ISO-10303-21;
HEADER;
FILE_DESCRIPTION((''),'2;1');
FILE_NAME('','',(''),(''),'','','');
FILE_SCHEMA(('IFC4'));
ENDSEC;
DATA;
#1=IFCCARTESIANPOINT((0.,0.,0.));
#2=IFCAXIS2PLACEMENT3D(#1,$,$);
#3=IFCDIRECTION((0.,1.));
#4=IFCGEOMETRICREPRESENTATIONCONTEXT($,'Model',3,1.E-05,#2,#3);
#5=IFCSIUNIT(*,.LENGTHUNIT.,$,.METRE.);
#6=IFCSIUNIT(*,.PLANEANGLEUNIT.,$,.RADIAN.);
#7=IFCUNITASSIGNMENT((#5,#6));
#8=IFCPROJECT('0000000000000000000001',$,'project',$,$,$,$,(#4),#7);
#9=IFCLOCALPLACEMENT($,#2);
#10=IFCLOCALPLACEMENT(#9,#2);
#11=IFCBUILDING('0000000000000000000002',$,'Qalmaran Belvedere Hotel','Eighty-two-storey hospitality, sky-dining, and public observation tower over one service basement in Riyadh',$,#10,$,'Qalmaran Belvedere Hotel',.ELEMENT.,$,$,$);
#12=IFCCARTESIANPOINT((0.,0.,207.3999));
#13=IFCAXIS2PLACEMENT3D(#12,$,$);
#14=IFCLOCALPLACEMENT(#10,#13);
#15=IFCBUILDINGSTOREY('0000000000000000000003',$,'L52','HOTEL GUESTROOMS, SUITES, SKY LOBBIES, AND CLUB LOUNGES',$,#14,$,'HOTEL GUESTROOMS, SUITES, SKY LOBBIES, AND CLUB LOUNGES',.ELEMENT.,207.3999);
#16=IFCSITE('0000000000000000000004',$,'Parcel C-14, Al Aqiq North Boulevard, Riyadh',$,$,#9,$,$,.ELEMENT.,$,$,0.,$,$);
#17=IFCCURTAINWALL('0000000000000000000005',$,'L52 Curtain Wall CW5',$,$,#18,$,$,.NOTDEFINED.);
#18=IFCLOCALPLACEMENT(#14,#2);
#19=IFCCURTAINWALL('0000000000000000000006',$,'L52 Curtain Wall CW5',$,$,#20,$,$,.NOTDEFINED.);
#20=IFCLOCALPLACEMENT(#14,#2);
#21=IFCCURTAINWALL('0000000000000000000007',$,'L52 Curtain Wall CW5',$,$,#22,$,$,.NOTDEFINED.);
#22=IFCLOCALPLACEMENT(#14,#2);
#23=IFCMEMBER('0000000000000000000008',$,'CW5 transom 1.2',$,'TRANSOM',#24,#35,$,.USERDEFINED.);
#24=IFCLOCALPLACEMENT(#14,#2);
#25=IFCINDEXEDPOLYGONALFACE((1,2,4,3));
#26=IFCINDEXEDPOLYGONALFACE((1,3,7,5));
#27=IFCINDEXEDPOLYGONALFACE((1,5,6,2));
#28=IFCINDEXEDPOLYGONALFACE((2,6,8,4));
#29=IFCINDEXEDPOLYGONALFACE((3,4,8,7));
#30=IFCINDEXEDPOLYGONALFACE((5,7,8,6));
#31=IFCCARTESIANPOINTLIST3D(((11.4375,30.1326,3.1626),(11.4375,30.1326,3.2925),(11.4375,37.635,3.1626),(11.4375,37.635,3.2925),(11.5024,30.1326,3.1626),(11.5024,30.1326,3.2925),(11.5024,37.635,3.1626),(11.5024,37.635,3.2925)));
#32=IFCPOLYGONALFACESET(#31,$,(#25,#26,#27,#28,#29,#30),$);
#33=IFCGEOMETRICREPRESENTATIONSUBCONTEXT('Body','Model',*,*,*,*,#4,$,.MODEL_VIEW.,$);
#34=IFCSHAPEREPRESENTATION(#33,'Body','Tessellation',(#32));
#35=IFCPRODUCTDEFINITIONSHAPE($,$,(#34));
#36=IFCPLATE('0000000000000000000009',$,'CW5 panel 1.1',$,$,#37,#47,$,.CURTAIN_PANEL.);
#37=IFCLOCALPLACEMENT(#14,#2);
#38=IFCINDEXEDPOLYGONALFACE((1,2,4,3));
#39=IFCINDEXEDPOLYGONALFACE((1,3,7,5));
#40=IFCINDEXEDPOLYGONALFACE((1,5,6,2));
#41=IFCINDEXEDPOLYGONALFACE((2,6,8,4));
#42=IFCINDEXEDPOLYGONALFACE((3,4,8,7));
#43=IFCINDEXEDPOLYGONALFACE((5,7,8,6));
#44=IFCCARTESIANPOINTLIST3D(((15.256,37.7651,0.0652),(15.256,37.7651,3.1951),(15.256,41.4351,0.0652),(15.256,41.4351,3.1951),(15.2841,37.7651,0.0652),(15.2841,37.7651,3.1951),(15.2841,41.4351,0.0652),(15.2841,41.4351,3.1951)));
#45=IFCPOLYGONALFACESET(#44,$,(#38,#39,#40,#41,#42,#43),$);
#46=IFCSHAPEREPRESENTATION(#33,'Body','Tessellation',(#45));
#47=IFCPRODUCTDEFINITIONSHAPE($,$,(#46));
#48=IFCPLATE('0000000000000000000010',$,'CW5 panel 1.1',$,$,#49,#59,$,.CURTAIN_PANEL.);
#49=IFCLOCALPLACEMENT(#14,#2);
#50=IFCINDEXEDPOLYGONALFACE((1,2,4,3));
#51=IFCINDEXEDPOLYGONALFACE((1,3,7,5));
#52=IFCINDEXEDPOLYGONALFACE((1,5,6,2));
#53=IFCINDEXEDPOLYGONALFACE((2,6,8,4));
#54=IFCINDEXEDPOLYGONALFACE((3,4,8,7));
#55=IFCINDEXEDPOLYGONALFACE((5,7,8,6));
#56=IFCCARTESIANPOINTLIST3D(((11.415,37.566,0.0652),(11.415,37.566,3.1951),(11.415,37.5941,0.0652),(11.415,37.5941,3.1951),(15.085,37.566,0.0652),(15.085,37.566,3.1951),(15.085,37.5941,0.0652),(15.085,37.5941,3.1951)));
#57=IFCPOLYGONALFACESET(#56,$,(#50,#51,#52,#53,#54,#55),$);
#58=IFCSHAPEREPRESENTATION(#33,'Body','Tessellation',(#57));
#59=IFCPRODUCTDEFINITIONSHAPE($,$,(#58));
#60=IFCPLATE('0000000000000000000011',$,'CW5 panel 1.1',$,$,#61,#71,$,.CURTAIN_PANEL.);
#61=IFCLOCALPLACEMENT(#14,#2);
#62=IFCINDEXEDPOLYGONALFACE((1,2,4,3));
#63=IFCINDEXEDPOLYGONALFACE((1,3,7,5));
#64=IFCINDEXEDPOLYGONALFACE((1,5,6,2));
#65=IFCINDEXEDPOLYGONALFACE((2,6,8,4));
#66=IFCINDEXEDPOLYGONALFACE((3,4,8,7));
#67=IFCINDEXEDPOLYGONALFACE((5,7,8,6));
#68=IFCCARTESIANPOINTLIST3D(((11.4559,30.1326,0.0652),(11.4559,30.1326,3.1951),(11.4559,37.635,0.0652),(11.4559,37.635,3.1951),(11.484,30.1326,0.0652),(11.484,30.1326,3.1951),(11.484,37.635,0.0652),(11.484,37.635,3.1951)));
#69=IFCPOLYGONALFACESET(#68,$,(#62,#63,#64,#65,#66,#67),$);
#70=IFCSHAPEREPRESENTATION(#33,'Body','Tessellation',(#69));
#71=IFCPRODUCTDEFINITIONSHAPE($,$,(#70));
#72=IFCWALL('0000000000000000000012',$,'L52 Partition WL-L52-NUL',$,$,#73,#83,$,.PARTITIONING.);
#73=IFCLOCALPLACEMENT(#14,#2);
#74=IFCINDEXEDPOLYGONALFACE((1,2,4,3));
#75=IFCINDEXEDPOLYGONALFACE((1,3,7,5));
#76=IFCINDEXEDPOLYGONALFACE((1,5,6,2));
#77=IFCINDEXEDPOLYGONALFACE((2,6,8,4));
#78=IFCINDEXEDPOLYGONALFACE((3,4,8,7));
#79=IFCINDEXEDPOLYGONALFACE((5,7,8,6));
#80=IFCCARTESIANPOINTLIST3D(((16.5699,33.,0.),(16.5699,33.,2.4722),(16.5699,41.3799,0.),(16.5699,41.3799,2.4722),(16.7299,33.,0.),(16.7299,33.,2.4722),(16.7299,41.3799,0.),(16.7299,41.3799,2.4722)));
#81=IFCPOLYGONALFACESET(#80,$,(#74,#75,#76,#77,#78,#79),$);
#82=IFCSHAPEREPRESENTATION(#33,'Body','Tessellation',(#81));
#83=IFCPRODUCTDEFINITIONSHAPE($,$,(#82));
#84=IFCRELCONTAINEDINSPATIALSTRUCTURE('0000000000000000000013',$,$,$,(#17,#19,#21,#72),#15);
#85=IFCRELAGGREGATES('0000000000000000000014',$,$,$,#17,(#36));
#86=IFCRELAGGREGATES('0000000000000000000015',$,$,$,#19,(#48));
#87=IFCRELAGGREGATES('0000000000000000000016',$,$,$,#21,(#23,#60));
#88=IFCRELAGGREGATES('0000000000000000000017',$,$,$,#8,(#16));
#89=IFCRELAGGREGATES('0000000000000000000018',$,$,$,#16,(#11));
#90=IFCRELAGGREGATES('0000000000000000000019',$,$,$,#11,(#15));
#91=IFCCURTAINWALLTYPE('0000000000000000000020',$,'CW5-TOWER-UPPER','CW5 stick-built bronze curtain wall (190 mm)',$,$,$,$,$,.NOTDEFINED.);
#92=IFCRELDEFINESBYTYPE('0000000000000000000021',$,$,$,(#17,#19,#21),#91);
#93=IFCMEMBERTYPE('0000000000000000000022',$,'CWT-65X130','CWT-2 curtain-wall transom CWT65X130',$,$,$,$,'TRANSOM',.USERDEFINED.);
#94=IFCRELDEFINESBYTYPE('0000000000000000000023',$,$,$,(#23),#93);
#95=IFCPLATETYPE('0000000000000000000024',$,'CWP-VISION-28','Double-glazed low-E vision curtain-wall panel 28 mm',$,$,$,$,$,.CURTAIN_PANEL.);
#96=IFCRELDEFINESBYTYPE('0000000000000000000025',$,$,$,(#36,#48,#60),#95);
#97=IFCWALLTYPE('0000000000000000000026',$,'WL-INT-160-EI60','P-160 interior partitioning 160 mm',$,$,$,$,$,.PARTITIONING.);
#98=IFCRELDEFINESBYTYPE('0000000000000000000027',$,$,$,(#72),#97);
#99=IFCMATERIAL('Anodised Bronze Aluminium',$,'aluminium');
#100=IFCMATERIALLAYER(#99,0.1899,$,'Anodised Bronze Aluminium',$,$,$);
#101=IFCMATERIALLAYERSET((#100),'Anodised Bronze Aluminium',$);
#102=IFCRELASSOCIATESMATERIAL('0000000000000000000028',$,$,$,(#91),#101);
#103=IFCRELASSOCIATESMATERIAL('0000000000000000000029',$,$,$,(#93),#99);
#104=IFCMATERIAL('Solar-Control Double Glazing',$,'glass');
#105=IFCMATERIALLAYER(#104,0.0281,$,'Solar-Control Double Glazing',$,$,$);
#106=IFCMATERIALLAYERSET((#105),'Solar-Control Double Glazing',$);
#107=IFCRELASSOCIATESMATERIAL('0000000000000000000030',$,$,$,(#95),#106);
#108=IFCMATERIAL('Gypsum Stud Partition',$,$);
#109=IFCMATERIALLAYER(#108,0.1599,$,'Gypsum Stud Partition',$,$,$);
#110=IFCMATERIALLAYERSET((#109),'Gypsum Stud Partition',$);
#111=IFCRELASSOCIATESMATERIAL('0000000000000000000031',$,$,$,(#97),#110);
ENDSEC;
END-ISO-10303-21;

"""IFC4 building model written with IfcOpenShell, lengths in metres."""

from ifc_helpers import new_model, si_unit, direction, frame, frame_2d, origin, origin_2d, place, context, subcontext, project, spatial, rectangle, extrude, material, layer, layer_set, material_profile, profile_set, type_object, element, aggregate, save


model = new_model("IFC4")

# Units and contexts
model_context = context("Model", 3, precision=1e-05, world=origin(), true_north=direction((0.0, 1.0)))
body_context = subcontext(model_context, "Body", "Model", "MODEL_VIEW")
ifc_project = project(units=[si_unit("LENGTHUNIT", "METRE"), si_unit("PLANEANGLEUNIT", "RADIAN")], contexts=[model_context])

# Site, building, storey
site_placement = place(None, origin())
site = spatial("IfcSite", under=ifc_project, at=site_placement, Name="Parcel C-14, Al Aqiq North Boulevard, Riyadh", CompositionType="ELEMENT", RefElevation=0.0)
building_placement = place(site_placement, origin())
building = spatial("IfcBuilding", under=site, at=building_placement, Name="Qalmaran Belvedere Hotel", Description="Eighty-two-storey hospitality, sky-dining, and public observation tower over one service basement in Riyadh", LongName="Qalmaran Belvedere Hotel", CompositionType="ELEMENT")
storey_placement = place(building_placement, frame((0.0, 0.0, 207.3999)))
storey = spatial("IfcBuildingStorey", under=building, at=storey_placement, Name="L52", Description="HOTEL GUESTROOMS, SUITES, SKY LOBBIES, AND CLUB LOUNGES", LongName="HOTEL GUESTROOMS, SUITES, SKY LOBBIES, AND CLUB LOUNGES", CompositionType="ELEMENT", Elevation=207.3999)

# Shared definitions
ifc_material_1 = material(Name="Anodised Bronze Aluminium", Category="aluminium")
ifc_layer_1 = layer(ifc_material_1, 0.1899, Name="Anodised Bronze Aluminium")
ifc_layer_set_1 = layer_set([ifc_layer_1], Name="Anodised Bronze Aluminium")
curtain_wall_type = type_object("IfcCurtainWallType", Name="CW5-TOWER-UPPER", Description="CW5 stick-built bronze curtain wall (190 mm)", PredefinedType="NOTDEFINED", material=ifc_layer_set_1)

# Curtain walls
curtain_wall_1_placement = place(storey_placement, origin())
curtain_wall_1 = element("IfcCurtainWall", 1, at=curtain_wall_1_placement, inside=storey, type_object=curtain_wall_type, Name="L52 Curtain Wall CW5", PredefinedType="NOTDEFINED")
curtain_wall_2_placement = place(storey_placement, origin())
curtain_wall_2 = element("IfcCurtainWall", 2, at=curtain_wall_2_placement, inside=storey, type_object=curtain_wall_type, Name="L52 Curtain Wall CW5", PredefinedType="NOTDEFINED")

# Curtain wall
curtain_wall_3_placement = place(storey_placement, origin())
curtain_wall_3 = element("IfcCurtainWall", 3, at=curtain_wall_3_placement, inside=storey, type_object=curtain_wall_type, Name="L52 Curtain Wall CW5", PredefinedType="NOTDEFINED")

# Member
ifc_material_profile_1 = material_profile(ifc_material_1, rectangle(XDim=0.0649, YDim=0.1299, at=origin_2d()), Name="CWT65X130")
ifc_profile_set_1 = profile_set([ifc_material_profile_1], Name="Anodised Bronze Aluminium")
member_type_1 = type_object("IfcMemberType", Name="CWT-65X130", Description="CWT-2 curtain-wall transom CWT65X130", ElementType="TRANSOM", PredefinedType="USERDEFINED", material=ifc_profile_set_1)
member_1_placement = place(storey_placement, frame((11.47, 37.635, 3.2275), z_axis=(0.0, -1.0, 0.0), x_axis=(1.0, 0.0, 0.0)))
member_1 = element("IfcMember", 4, at=member_1_placement, type_object=member_type_1, Name="CW5 transom 1.2", ObjectType="TRANSOM", PredefinedType="USERDEFINED", context=body_context, shape_type="SweptSolid", body=[
    extrude(rectangle(XDim=0.0649, YDim=0.1299, at=origin_2d()), origin(), (0.0, 0.0, 1.0), 7.5024),
])

# Plates
ifc_material_2 = material(Name="Solar-Control Double Glazing", Category="glass")
ifc_layer_2 = layer(ifc_material_2, 0.0281, Name="Solar-Control Double Glazing")
ifc_layer_set_2 = layer_set([ifc_layer_2], Name="Solar-Control Double Glazing")
plate_type = type_object("IfcPlateType", Name="CWP-VISION-28", Description="Double-glazed low-E vision curtain-wall panel 28 mm", PredefinedType="CURTAIN_PANEL", material=ifc_layer_set_2)
plate_1_placement = place(storey_placement, frame((15.27, 39.6001, 0.0652), z_axis=(0.0, 0.0, 1.0), x_axis=(0.0, -1.0, 0.0)))
plate_1 = element("IfcPlate", 5, at=plate_1_placement, type_object=plate_type, Name="CW5 panel 1.1", PredefinedType="CURTAIN_PANEL", context=body_context, shape_type="SweptSolid", body=[
    extrude(rectangle(XDim=3.6699, YDim=0.0281, at=origin_2d()), origin(), (0.0, 0.0, 1.0), 3.1299),
])
aggregate(curtain_wall_1, [plate_1])
plate_2_placement = place(storey_placement, frame((13.25, 37.5801, 0.0652), z_axis=(0.0, 0.0, 1.0), x_axis=(-1.0, 0.0, 0.0)))
plate_2 = element("IfcPlate", 6, at=plate_2_placement, type_object=plate_type, Name="CW5 panel 1.1", PredefinedType="CURTAIN_PANEL", context=body_context, shape_type="SweptSolid", body=[
    extrude(rectangle(XDim=3.6699, YDim=0.0281, at=origin_2d()), origin(), (0.0, 0.0, 1.0), 3.1299),
])
aggregate(curtain_wall_2, [plate_2])
plate_3_placement = place(storey_placement, frame((11.47, 33.8838, 0.0652), z_axis=(0.0, 0.0, 1.0), x_axis=(0.0, -1.0, 0.0)))
plate_3 = element("IfcPlate", 7, at=plate_3_placement, type_object=plate_type, Name="CW5 panel 1.1", PredefinedType="CURTAIN_PANEL", context=body_context, shape_type="SweptSolid", body=[
    extrude(rectangle(XDim=7.5024, YDim=0.0281, at=origin_2d()), origin(), (0.0, 0.0, 1.0), 3.1299),
])
aggregate(curtain_wall_3, [member_1, plate_3])

# Wall
ifc_material_3 = material(Name="Gypsum Stud Partition")
ifc_layer_3 = layer(ifc_material_3, 0.1599, Name="Gypsum Stud Partition")
ifc_layer_set_3 = layer_set([ifc_layer_3], Name="Gypsum Stud Partition")
wall_type_1 = type_object("IfcWallType", Name="WL-INT-160-EI60", Description="P-160 interior partitioning 160 mm", PredefinedType="PARTITIONING", material=ifc_layer_set_3)
wall_1_placement = place(storey_placement, frame((16.6499, 33.0, 0.0), z_axis=(0.0, 0.0, 1.0), x_axis=(0.0, 1.0, 0.0)))
element("IfcWall", 8, at=wall_1_placement, inside=storey, type_object=wall_type_1, Name="L52 Partition WL-L52-NUL", PredefinedType="PARTITIONING", context=body_context, shape_type="SweptSolid", body=[
    extrude(rectangle(XDim=8.3799, YDim=0.1599, at=frame_2d((4.1899, 0.0))), origin(), (0.0, 0.0, 1.0), 2.4722),
])

save(model, "model.ifc")
